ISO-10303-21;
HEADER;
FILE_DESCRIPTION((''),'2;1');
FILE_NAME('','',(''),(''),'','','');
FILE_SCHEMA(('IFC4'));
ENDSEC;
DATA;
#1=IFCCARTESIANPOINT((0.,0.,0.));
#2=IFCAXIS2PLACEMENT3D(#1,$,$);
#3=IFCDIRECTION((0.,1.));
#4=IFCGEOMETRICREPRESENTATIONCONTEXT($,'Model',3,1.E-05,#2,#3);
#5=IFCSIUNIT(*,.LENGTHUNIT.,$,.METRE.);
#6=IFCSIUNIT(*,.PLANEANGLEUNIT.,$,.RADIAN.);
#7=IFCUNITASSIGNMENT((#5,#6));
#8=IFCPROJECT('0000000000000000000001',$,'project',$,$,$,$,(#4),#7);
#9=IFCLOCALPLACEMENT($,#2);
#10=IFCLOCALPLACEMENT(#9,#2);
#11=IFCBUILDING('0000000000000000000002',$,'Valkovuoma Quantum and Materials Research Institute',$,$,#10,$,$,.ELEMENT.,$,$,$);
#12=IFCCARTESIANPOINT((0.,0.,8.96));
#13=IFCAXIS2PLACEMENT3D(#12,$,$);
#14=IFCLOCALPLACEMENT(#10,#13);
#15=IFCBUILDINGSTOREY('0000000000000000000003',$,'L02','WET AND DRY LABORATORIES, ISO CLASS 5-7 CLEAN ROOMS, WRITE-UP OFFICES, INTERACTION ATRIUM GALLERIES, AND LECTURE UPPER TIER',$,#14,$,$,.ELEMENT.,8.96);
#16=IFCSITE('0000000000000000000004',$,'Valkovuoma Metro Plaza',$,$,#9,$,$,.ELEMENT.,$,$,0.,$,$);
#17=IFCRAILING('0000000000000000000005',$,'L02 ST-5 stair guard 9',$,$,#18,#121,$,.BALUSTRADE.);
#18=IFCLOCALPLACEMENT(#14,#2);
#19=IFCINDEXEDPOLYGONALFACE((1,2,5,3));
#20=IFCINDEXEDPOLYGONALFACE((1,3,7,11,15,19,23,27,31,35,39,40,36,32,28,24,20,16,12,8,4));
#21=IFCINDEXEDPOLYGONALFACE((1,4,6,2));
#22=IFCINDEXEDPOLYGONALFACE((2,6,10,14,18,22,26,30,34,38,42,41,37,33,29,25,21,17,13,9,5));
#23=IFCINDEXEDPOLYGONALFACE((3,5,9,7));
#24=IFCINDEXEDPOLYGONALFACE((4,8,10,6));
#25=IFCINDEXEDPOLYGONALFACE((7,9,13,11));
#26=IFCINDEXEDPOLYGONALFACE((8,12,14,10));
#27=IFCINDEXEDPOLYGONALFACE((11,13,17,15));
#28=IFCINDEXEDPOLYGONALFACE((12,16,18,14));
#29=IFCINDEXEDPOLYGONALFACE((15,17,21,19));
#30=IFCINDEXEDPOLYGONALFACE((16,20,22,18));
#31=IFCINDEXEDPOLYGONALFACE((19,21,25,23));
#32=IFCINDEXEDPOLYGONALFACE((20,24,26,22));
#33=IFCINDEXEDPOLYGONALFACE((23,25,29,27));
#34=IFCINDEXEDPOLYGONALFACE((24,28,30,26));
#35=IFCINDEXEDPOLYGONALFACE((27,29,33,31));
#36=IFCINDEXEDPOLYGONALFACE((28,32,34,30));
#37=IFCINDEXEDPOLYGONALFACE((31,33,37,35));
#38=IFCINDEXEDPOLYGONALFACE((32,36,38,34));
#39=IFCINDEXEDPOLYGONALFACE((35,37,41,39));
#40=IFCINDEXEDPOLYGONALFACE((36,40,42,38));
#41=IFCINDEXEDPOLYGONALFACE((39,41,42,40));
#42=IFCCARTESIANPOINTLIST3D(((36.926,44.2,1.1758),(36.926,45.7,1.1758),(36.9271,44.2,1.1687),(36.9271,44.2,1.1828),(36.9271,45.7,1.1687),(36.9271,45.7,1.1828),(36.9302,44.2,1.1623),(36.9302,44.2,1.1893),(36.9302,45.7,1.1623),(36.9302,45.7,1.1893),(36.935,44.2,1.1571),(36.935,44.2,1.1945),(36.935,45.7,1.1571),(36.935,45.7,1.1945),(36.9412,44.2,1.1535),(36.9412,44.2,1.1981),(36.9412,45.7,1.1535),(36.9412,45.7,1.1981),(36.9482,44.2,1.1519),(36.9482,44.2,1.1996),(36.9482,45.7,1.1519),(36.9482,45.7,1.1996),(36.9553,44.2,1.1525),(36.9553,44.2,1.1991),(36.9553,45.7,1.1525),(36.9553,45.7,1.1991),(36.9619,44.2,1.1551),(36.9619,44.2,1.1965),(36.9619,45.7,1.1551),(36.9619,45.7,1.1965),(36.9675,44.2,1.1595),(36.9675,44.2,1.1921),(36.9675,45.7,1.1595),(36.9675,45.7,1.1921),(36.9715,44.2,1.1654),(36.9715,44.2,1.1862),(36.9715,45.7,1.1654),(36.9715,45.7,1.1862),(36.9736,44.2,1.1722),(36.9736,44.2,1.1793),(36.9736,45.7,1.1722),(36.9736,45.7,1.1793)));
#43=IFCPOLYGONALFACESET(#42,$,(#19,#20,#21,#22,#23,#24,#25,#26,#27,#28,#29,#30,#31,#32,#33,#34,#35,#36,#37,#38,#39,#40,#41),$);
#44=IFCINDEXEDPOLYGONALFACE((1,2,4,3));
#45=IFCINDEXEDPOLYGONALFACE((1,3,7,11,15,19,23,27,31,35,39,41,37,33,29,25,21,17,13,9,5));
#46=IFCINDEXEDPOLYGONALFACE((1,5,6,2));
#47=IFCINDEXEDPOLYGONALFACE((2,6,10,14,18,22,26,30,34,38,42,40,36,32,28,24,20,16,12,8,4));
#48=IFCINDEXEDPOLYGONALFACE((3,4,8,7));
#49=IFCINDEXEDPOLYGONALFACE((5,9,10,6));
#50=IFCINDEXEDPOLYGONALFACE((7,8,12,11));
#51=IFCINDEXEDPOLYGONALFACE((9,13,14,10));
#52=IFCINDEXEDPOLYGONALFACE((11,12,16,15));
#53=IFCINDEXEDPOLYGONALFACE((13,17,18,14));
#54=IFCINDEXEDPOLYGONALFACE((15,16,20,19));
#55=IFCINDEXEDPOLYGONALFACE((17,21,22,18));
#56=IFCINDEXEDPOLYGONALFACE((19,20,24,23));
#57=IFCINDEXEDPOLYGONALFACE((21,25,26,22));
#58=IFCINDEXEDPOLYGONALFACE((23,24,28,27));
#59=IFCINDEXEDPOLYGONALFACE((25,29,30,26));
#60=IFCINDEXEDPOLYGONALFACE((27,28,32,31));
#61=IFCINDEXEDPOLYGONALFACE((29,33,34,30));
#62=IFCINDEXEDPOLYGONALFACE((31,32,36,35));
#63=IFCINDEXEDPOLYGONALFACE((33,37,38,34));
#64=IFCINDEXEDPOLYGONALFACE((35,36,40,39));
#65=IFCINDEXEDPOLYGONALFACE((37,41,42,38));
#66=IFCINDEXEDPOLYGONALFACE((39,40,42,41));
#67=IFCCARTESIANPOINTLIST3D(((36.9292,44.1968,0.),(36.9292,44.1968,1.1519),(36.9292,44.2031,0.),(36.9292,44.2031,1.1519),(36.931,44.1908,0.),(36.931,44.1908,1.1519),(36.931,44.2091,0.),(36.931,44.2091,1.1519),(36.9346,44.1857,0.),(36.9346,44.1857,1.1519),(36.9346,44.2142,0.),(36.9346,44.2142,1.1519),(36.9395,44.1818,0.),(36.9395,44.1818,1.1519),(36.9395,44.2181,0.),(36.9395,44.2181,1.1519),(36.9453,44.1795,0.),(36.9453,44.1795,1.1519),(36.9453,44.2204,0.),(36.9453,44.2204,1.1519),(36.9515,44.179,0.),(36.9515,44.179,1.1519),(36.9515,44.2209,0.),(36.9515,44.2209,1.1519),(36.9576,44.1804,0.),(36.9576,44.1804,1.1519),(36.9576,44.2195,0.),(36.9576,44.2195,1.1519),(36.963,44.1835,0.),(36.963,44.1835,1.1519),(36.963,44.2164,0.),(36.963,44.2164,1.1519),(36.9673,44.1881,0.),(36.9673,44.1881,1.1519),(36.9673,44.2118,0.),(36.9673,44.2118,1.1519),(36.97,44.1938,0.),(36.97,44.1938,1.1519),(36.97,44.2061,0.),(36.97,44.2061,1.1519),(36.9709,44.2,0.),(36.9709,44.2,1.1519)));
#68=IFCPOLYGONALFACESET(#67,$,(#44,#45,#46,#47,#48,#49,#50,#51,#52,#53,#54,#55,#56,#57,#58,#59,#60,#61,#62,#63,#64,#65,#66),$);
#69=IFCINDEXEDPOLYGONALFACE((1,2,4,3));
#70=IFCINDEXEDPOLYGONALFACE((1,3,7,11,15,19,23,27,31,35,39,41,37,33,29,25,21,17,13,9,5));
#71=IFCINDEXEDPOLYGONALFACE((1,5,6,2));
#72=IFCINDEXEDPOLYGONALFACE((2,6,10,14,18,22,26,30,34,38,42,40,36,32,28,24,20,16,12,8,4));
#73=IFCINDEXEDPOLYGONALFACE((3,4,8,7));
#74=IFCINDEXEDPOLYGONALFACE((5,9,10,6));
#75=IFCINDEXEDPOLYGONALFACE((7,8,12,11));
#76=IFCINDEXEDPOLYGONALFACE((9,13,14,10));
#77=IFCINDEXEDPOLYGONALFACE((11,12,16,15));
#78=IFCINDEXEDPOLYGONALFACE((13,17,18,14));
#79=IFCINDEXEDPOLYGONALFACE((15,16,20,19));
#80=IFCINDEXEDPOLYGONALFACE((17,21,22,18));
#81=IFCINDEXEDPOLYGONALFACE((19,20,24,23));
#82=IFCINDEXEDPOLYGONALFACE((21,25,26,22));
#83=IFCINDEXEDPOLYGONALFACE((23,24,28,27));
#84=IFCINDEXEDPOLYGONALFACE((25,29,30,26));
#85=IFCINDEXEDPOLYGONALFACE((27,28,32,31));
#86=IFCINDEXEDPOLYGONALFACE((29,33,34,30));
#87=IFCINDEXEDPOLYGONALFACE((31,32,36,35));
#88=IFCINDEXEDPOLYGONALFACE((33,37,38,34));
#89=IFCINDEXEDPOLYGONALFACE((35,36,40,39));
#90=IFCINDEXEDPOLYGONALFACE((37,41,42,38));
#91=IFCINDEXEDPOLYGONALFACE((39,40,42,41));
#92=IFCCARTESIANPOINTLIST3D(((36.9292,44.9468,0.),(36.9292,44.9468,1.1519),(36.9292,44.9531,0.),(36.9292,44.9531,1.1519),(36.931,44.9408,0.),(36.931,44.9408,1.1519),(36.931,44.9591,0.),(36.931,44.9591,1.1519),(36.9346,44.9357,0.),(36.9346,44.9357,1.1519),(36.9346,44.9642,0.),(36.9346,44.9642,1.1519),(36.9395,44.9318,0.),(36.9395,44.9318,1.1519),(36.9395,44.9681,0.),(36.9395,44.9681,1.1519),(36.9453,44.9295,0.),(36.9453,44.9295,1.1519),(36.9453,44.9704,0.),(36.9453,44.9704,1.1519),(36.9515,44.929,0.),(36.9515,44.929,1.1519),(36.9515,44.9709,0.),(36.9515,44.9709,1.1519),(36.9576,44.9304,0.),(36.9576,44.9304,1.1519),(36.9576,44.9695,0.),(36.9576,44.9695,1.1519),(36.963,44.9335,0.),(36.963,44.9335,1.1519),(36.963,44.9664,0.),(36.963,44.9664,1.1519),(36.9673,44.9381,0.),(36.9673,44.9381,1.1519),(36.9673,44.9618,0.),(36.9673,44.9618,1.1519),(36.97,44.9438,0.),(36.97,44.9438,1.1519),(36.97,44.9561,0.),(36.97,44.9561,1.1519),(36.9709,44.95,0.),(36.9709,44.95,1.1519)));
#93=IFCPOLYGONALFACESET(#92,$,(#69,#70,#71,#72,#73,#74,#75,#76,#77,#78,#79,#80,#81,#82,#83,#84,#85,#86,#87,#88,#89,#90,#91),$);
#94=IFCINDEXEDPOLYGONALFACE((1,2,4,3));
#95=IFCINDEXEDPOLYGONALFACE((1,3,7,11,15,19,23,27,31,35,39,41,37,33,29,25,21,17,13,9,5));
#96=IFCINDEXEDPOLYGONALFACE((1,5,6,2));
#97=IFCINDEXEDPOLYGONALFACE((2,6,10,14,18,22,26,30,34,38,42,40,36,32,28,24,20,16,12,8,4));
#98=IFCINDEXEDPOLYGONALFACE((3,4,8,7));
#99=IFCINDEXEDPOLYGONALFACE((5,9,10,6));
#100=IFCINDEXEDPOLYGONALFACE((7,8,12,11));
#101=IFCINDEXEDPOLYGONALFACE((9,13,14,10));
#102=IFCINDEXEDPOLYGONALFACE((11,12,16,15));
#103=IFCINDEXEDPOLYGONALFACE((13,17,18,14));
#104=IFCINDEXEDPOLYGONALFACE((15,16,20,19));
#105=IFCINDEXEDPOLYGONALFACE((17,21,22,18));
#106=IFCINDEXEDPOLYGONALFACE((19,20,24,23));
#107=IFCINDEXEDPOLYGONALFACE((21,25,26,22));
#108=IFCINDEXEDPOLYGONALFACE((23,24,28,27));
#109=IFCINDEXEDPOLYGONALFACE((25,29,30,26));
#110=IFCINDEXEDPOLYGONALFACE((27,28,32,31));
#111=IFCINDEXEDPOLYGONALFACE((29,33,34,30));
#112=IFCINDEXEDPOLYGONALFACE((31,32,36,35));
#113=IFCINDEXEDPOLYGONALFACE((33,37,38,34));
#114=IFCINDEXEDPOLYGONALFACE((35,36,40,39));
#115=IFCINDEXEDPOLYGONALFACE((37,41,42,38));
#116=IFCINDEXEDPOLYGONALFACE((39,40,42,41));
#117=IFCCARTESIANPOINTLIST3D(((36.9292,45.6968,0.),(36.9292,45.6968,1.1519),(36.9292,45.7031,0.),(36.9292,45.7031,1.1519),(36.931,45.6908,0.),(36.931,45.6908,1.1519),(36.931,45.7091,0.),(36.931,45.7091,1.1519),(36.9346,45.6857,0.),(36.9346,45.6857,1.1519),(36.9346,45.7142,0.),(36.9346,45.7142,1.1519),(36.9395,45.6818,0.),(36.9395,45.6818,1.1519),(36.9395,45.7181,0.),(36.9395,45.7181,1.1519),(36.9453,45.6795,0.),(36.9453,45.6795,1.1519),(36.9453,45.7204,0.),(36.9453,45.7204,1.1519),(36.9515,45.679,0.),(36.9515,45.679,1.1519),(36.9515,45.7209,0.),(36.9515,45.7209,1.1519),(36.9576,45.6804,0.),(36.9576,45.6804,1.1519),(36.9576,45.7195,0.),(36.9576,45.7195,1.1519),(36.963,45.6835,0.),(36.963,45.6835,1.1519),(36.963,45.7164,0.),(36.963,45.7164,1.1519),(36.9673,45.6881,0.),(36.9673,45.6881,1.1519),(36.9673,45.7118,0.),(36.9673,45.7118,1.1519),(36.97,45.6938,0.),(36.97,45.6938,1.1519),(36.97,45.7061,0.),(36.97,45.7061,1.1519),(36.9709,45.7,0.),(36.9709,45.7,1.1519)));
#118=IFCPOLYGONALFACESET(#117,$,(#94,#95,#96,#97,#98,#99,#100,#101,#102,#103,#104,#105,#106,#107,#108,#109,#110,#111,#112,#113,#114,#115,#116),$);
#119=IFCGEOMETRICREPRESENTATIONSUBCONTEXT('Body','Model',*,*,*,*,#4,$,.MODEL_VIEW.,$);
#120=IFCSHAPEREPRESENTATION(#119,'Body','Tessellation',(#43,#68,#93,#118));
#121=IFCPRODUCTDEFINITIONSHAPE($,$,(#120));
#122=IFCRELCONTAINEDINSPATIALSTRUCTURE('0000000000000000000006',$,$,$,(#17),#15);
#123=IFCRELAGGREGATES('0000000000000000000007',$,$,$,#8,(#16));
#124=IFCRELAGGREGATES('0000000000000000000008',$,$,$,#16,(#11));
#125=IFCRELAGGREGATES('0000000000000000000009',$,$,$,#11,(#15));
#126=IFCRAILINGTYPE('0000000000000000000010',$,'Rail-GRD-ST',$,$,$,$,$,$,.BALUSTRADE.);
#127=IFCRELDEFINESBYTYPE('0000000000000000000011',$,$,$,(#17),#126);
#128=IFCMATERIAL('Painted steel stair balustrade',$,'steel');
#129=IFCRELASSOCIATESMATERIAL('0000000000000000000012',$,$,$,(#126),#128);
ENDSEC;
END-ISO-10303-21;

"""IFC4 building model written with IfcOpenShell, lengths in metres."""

from ifc_helpers import new_model, si_unit, direction, frame, origin, origin_2d, place, context, subcontext, project, spatial, circle, extrude, material, type_object, element, save


model = new_model("IFC4")

# Units and contexts
model_context = context("Model", 3, precision=1e-05, world=origin(), true_north=direction((0.0, 1.0)))
body_context = subcontext(model_context, "Body", "Model", "MODEL_VIEW")
ifc_project = project(units=[si_unit("LENGTHUNIT", "METRE"), si_unit("PLANEANGLEUNIT", "RADIAN")], contexts=[model_context])

# Site, building, storey
site_placement = place(None, origin())
site = spatial("IfcSite", under=ifc_project, at=site_placement, Name="Valkovuoma Metro Plaza", CompositionType="ELEMENT", RefElevation=0.0)
building_placement = place(site_placement, origin())
building = spatial("IfcBuilding", under=site, at=building_placement, Name="Valkovuoma Quantum and Materials Research Institute", CompositionType="ELEMENT")
storey_placement = place(building_placement, frame((0.0, 0.0, 8.96)))
storey = spatial("IfcBuildingStorey", under=building, at=storey_placement, Name="L02", Description="WET AND DRY LABORATORIES, ISO CLASS 5-7 CLEAN ROOMS, WRITE-UP OFFICES, INTERACTION ATRIUM GALLERIES, AND LECTURE UPPER TIER", CompositionType="ELEMENT", Elevation=8.96)

# Railing
ifc_material_1 = material(Name="Painted steel stair balustrade", Category="steel")
railing_type = type_object("IfcRailingType", Name="Rail-GRD-ST", PredefinedType="BALUSTRADE", material=ifc_material_1)
railing_1_placement = place(storey_placement, frame((36.95, 44.2, 0.0)))
element("IfcRailing", 1, at=railing_1_placement, inside=storey, type_object=railing_type, Name="L02 ST-5 stair guard 9", PredefinedType="BALUSTRADE", context=body_context, shape_type="SweptSolid", body=[
    extrude(circle(Radius=0.0239, at=origin_2d()), frame((0.0, 0.0, 1.1758), z_axis=(0.0, 1.0, 0.0), x_axis=(-1.0, 0.0, 0.0)), (0.0, 0.0, 1.0), 1.5),
    extrude(circle(Radius=0.021, at=origin_2d()), origin(), (0.0, 0.0, 1.0), 1.1519),
    extrude(circle(Radius=0.021, at=origin_2d()), frame((0.0, 0.75, 0.0)), (0.0, 0.0, 1.0), 1.1519),
    extrude(circle(Radius=0.021, at=origin_2d()), frame((0.0, 1.5, 0.0)), (0.0, 0.0, 1.0), 1.1519),
])

save(model, "model.ifc")
